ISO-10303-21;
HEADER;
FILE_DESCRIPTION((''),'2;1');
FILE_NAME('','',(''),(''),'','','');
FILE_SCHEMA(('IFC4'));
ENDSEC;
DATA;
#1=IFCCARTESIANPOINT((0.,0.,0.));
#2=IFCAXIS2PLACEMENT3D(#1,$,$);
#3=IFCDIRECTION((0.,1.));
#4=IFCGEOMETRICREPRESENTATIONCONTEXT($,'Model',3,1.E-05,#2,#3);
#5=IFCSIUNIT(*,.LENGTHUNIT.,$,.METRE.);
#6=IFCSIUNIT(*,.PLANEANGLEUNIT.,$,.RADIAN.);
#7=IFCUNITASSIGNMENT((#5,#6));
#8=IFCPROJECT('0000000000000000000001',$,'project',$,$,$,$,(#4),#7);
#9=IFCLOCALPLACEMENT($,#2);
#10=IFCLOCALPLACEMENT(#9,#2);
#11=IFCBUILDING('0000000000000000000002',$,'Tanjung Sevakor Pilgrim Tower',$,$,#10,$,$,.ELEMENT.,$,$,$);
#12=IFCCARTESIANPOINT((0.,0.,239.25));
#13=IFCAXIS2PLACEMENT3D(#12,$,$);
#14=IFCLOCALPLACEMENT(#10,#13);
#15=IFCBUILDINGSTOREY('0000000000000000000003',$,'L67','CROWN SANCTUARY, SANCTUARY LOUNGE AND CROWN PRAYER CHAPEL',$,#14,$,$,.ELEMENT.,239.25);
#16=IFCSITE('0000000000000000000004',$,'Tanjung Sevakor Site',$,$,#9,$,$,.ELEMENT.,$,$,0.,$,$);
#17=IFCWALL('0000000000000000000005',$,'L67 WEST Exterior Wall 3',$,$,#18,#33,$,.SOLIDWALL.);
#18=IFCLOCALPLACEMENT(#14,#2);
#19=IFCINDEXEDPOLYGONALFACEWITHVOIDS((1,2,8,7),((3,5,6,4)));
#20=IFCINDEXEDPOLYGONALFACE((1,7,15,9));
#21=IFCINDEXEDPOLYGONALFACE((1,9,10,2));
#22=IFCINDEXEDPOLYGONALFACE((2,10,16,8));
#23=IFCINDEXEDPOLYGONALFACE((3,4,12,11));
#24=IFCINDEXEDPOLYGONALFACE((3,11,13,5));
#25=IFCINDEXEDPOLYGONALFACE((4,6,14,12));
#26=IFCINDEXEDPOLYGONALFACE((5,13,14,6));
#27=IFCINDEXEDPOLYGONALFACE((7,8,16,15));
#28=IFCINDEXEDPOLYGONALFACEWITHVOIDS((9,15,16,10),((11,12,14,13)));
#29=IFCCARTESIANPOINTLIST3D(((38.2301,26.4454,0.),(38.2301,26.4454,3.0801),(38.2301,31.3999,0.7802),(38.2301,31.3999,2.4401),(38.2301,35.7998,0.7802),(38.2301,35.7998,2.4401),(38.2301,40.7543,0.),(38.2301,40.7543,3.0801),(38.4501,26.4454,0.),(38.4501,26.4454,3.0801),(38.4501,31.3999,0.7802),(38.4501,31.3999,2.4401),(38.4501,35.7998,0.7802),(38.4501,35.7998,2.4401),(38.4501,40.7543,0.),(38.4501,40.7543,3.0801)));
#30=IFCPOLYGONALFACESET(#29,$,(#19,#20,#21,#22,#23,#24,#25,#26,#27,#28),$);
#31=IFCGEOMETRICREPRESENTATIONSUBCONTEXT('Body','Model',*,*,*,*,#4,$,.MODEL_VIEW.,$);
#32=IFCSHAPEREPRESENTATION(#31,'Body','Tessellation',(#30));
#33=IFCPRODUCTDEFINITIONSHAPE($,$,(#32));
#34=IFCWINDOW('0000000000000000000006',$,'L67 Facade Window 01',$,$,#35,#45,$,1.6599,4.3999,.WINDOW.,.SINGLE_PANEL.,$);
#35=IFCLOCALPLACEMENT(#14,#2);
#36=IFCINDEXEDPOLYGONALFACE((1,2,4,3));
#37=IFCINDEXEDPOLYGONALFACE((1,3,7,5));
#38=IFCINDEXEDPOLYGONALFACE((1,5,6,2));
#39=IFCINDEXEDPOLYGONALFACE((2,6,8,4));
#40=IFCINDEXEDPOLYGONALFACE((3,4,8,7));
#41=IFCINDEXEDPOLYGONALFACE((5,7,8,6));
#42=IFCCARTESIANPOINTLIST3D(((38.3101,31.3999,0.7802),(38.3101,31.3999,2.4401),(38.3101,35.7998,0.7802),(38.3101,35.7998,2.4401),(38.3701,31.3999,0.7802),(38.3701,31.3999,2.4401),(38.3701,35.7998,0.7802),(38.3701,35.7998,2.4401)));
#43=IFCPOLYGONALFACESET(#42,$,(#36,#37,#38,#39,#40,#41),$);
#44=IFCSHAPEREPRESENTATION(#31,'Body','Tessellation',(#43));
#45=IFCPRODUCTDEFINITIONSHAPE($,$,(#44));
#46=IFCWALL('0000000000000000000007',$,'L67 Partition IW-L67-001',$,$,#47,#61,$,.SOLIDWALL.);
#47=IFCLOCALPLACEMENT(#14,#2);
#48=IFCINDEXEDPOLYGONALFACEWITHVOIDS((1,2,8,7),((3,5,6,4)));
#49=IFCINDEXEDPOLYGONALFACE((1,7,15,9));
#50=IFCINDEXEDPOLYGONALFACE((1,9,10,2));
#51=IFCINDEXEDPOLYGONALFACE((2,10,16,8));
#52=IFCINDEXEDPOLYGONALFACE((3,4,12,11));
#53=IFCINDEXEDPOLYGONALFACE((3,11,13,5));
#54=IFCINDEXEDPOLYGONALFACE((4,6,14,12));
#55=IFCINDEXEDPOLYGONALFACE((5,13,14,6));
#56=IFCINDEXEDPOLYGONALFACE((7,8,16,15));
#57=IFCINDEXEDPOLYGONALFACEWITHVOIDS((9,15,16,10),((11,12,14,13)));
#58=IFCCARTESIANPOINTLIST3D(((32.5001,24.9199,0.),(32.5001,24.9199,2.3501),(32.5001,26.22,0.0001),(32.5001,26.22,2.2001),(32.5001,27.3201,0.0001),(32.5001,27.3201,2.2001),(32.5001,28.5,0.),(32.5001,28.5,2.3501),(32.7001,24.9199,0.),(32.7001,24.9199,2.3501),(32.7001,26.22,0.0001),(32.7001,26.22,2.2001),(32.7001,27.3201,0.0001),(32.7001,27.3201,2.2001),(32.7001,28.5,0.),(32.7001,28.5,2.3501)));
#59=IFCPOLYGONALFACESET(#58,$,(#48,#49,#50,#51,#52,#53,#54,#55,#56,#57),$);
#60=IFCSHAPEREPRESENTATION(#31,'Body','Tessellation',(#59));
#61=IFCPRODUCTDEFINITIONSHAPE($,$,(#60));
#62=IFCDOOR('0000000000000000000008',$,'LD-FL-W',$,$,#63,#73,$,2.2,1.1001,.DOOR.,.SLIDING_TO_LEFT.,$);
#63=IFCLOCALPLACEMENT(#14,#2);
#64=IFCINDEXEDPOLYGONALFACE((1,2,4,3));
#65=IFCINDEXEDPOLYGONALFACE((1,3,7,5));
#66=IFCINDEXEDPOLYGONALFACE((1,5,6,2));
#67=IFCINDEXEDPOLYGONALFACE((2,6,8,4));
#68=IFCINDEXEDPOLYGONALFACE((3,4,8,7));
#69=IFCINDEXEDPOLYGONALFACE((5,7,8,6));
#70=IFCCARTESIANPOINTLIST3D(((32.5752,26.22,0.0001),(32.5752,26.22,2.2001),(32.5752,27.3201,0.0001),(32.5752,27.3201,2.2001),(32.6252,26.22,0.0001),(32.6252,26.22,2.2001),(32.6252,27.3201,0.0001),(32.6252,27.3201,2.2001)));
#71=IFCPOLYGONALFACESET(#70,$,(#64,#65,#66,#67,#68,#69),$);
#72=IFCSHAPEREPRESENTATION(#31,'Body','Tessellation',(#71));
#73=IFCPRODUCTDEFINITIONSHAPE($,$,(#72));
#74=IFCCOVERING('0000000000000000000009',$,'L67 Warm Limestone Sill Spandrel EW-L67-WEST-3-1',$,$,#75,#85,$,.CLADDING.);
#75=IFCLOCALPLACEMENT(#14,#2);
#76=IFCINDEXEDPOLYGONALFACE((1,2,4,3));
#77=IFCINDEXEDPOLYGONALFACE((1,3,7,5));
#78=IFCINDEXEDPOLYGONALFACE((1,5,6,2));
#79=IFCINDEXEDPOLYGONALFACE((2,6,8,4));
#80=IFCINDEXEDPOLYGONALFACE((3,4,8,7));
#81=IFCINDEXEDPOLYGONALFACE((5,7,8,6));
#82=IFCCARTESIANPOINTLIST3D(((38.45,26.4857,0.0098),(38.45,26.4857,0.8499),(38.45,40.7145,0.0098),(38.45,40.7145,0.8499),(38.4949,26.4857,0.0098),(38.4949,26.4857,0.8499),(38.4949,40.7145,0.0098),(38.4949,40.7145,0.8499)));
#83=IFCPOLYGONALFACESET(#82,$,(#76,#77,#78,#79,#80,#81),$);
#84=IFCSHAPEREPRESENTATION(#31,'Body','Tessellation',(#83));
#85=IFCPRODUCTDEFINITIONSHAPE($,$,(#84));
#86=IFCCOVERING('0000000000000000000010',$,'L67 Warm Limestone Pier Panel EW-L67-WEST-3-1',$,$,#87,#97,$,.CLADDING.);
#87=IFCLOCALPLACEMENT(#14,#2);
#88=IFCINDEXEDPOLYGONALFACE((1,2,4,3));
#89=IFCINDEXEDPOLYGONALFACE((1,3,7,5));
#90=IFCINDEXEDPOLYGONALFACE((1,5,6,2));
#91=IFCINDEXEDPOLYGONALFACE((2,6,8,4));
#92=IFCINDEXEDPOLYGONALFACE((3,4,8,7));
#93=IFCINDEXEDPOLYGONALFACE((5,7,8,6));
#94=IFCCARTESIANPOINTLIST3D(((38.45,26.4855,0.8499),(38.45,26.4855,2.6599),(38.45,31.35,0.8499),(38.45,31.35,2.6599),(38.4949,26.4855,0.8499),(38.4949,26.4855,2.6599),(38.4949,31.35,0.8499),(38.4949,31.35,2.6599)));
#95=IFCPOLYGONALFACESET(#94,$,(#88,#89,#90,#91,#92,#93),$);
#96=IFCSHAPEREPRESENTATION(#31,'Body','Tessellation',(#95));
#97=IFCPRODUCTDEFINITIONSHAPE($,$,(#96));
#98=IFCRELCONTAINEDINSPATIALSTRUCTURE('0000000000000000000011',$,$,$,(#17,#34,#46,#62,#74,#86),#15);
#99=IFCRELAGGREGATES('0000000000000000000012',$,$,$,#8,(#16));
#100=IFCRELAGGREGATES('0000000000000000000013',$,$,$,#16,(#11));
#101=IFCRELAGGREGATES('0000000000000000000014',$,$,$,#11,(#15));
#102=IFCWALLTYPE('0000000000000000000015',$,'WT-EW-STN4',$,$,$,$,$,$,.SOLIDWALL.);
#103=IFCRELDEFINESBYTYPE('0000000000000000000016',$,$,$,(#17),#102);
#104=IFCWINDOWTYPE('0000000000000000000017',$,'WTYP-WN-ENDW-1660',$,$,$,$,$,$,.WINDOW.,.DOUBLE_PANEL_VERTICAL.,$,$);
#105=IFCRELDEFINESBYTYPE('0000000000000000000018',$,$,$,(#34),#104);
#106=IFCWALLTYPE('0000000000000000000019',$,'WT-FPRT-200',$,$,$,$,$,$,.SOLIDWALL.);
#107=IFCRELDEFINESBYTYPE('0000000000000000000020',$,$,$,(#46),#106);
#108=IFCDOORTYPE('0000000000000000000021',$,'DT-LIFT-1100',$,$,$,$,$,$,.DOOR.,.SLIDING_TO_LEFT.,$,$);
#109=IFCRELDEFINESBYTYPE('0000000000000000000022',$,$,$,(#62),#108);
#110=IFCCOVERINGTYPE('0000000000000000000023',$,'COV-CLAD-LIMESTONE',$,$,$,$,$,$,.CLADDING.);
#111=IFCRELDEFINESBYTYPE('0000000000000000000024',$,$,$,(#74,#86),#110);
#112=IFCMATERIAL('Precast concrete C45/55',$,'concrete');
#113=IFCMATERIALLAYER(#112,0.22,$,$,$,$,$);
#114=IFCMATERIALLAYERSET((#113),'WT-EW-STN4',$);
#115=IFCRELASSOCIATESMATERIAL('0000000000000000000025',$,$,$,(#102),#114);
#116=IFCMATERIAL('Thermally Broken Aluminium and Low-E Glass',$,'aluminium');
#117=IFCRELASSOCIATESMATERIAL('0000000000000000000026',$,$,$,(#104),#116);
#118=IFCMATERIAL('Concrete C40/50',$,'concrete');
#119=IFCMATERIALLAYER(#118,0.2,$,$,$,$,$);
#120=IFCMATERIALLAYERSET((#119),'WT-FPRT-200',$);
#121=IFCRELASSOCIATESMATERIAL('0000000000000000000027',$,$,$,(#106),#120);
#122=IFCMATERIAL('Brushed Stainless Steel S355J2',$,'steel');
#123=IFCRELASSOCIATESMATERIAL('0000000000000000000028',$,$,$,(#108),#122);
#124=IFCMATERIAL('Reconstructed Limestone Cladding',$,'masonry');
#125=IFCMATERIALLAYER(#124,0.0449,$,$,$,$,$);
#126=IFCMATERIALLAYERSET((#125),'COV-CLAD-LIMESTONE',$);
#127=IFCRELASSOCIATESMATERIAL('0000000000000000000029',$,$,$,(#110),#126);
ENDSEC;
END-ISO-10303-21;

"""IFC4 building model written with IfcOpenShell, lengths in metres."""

from ifc_helpers import new_model, si_unit, direction, frame, frame_2d, origin, origin_2d, place, context, subcontext, project, spatial, rectangle, extrude, material, layer, layer_set, type_object, element, fill, save


model = new_model("IFC4")

# Units and contexts
model_context = context("Model", 3, precision=1e-05, world=origin(), true_north=direction((0.0, 1.0)))
body_context = subcontext(model_context, "Body", "Model", "MODEL_VIEW")
ifc_project = project(units=[si_unit("LENGTHUNIT", "METRE"), si_unit("PLANEANGLEUNIT", "RADIAN")], contexts=[model_context])

# Site, building, storey
site_placement = place(None, origin())
site = spatial("IfcSite", under=ifc_project, at=site_placement, Name="Tanjung Sevakor Site", CompositionType="ELEMENT", RefElevation=0.0)
building_placement = place(site_placement, origin())
building = spatial("IfcBuilding", under=site, at=building_placement, Name="Tanjung Sevakor Pilgrim Tower", CompositionType="ELEMENT")
storey_placement = place(building_placement, frame((0.0, 0.0, 239.25)))
storey = spatial("IfcBuildingStorey", under=building, at=storey_placement, Name="L67", Description="CROWN SANCTUARY, SANCTUARY LOUNGE AND CROWN PRAYER CHAPEL", CompositionType="ELEMENT", Elevation=239.25)

# Wall, opening, window
ifc_material_1 = material(Name="Precast concrete C45/55", Category="concrete")
ifc_layer_1 = layer(ifc_material_1, 0.22)
ifc_layer_set_1 = layer_set([ifc_layer_1], Name="WT-EW-STN4")
wall_type_1 = type_object("IfcWallType", Name="WT-EW-STN4", PredefinedType="SOLIDWALL", material=ifc_layer_set_1)
wall_1_placement = place(storey_placement, frame((38.3401, 26.4456, 0.0), z_axis=(0.0, 0.0, 1.0), x_axis=(0.0, 1.0, 0.0)))
wall_1 = element("IfcWall", 1, at=wall_1_placement, inside=storey, type_object=wall_type_1, Name="L67 WEST Exterior Wall 3", PredefinedType="SOLIDWALL", context=body_context, shape_type="SweptSolid", body=[
    extrude(rectangle(XDim=14.3088, YDim=0.22, at=frame_2d((7.1543, 0.0))), origin(), (0.0, 0.0, 1.0), 3.0801),
])
opening_1_placement = place(wall_1_placement, frame((4.9543, 0.0, 0.78)))
opening_1 = element("IfcOpeningElement", 2, at=opening_1_placement, cuts=wall_1, PredefinedType="OPENING", context=body_context, shape_type="SweptSolid", body=[
    extrude(rectangle(XDim=4.3999, YDim=1.6599, at=frame_2d((2.2, 0.8301))), frame((0.0, 0.1199, 0.0), z_axis=(0.0, -1.0, 0.0), x_axis=(1.0, 0.0, 0.0)), (0.0, 0.0, 1.0), 0.24),
])
ifc_material_2 = material(Name="Thermally Broken Aluminium and Low-E Glass", Category="aluminium")
window_type = type_object("IfcWindowType", Name="WTYP-WN-ENDW-1660", PartitioningType="DOUBLE_PANEL_VERTICAL", PredefinedType="WINDOW", material=ifc_material_2)
window_placement = place(opening_1_placement, origin())
window = element("IfcWindow", 3, at=window_placement, inside=storey, type_object=window_type, Name="L67 Facade Window 01", OverallHeight=1.6599, OverallWidth=4.3999, PartitioningType="SINGLE_PANEL", PredefinedType="WINDOW", context=body_context, shape_type="SweptSolid", body=[
    extrude(rectangle(XDim=4.3999, YDim=1.6599, at=frame_2d((2.2, 0.8301))), frame((0.0, 0.03, 0.0), z_axis=(0.0, -1.0, 0.0), x_axis=(1.0, 0.0, 0.0)), (0.0, 0.0, 1.0), 0.0601),
])
fill(opening_1, window)

# Wall, opening, door
ifc_material_3 = material(Name="Concrete C40/50", Category="concrete")
ifc_layer_2 = layer(ifc_material_3, 0.2)
ifc_layer_set_2 = layer_set([ifc_layer_2], Name="WT-FPRT-200")
wall_type_2 = type_object("IfcWallType", Name="WT-FPRT-200", PredefinedType="SOLIDWALL", material=ifc_layer_set_2)
wall_2_placement = place(storey_placement, frame((32.6001, 24.9199, 0.0), z_axis=(0.0, 0.0, 1.0), x_axis=(0.0, 1.0, 0.0)))
wall_2 = element("IfcWall", 4, at=wall_2_placement, inside=storey, type_object=wall_type_2, Name="L67 Partition IW-L67-001", PredefinedType="SOLIDWALL", context=body_context, shape_type="SweptSolid", body=[
    extrude(rectangle(XDim=3.5801, YDim=0.2, at=frame_2d((1.79, 0.0))), origin(), (0.0, 0.0, 1.0), 2.3501),
])
opening_2_placement = place(wall_2_placement, frame((1.3, 0.0, 0.0)))
opening_2 = element("IfcOpeningElement", 5, at=opening_2_placement, cuts=wall_2, PredefinedType="OPENING", context=body_context, shape_type="SweptSolid", body=[
    extrude(rectangle(XDim=1.1001, YDim=2.2, at=frame_2d((0.55, 1.1001))), frame((0.0, 0.1099, 0.0), z_axis=(0.0, -1.0, 0.0), x_axis=(1.0, 0.0, 0.0)), (0.0, 0.0, 1.0), 0.22),
])
ifc_material_4 = material(Name="Brushed Stainless Steel S355J2", Category="steel")
door_type_1 = type_object("IfcDoorType", Name="DT-LIFT-1100", OperationType="SLIDING_TO_LEFT", PredefinedType="DOOR", material=ifc_material_4)
door_1_placement = place(opening_2_placement, origin())
door_1 = element("IfcDoor", 6, at=door_1_placement, inside=storey, type_object=door_type_1, Name="LD-FL-W", OperationType="SLIDING_TO_LEFT", OverallHeight=2.2, OverallWidth=1.1001, PredefinedType="DOOR", context=body_context, shape_type="SweptSolid", body=[
    extrude(rectangle(XDim=1.1001, YDim=2.2, at=frame_2d((0.55, 1.1001))), frame((0.0, 0.0249, 0.0), z_axis=(0.0, -1.0, 0.0), x_axis=(1.0, 0.0, 0.0)), (0.0, 0.0, 1.0), 0.05),
])
fill(opening_2, door_1)

# Coverings
ifc_material_5 = material(Name="Reconstructed Limestone Cladding", Category="masonry")
ifc_layer_3 = layer(ifc_material_5, 0.0449)
ifc_layer_set_3 = layer_set([ifc_layer_3], Name="COV-CLAD-LIMESTONE")
covering_type = type_object("IfcCoveringType", Name="COV-CLAD-LIMESTONE", PredefinedType="CLADDING", material=ifc_layer_set_3)
covering_1_placement = place(storey_placement, frame((38.4724, 33.6001, 0.0098), z_axis=(0.0, 0.0, 1.0), x_axis=(0.0, 1.0, 0.0)))
element("IfcCovering", 7, at=covering_1_placement, inside=storey, type_object=covering_type, Name="L67 Warm Limestone Sill Spandrel EW-L67-WEST-3-1", PredefinedType="CLADDING", context=body_context, shape_type="SweptSolid", body=[
    extrude(rectangle(XDim=14.2288, YDim=0.0449, at=origin_2d()), origin(), (0.0, 0.0, 1.0), 0.8401),
])
covering_2_placement = place(storey_placement, frame((38.4724, 28.9177, 0.8499), z_axis=(0.0, 0.0, 1.0), x_axis=(0.0, 1.0, 0.0)))
element("IfcCovering", 8, at=covering_2_placement, inside=storey, type_object=covering_type, Name="L67 Warm Limestone Pier Panel EW-L67-WEST-3-1", PredefinedType="CLADDING", context=body_context, shape_type="SweptSolid", body=[
    extrude(rectangle(XDim=4.8645, YDim=0.0449, at=origin_2d()), origin(), (0.0, 0.0, 1.0), 1.8101),
])

save(model, "model.ifc")
